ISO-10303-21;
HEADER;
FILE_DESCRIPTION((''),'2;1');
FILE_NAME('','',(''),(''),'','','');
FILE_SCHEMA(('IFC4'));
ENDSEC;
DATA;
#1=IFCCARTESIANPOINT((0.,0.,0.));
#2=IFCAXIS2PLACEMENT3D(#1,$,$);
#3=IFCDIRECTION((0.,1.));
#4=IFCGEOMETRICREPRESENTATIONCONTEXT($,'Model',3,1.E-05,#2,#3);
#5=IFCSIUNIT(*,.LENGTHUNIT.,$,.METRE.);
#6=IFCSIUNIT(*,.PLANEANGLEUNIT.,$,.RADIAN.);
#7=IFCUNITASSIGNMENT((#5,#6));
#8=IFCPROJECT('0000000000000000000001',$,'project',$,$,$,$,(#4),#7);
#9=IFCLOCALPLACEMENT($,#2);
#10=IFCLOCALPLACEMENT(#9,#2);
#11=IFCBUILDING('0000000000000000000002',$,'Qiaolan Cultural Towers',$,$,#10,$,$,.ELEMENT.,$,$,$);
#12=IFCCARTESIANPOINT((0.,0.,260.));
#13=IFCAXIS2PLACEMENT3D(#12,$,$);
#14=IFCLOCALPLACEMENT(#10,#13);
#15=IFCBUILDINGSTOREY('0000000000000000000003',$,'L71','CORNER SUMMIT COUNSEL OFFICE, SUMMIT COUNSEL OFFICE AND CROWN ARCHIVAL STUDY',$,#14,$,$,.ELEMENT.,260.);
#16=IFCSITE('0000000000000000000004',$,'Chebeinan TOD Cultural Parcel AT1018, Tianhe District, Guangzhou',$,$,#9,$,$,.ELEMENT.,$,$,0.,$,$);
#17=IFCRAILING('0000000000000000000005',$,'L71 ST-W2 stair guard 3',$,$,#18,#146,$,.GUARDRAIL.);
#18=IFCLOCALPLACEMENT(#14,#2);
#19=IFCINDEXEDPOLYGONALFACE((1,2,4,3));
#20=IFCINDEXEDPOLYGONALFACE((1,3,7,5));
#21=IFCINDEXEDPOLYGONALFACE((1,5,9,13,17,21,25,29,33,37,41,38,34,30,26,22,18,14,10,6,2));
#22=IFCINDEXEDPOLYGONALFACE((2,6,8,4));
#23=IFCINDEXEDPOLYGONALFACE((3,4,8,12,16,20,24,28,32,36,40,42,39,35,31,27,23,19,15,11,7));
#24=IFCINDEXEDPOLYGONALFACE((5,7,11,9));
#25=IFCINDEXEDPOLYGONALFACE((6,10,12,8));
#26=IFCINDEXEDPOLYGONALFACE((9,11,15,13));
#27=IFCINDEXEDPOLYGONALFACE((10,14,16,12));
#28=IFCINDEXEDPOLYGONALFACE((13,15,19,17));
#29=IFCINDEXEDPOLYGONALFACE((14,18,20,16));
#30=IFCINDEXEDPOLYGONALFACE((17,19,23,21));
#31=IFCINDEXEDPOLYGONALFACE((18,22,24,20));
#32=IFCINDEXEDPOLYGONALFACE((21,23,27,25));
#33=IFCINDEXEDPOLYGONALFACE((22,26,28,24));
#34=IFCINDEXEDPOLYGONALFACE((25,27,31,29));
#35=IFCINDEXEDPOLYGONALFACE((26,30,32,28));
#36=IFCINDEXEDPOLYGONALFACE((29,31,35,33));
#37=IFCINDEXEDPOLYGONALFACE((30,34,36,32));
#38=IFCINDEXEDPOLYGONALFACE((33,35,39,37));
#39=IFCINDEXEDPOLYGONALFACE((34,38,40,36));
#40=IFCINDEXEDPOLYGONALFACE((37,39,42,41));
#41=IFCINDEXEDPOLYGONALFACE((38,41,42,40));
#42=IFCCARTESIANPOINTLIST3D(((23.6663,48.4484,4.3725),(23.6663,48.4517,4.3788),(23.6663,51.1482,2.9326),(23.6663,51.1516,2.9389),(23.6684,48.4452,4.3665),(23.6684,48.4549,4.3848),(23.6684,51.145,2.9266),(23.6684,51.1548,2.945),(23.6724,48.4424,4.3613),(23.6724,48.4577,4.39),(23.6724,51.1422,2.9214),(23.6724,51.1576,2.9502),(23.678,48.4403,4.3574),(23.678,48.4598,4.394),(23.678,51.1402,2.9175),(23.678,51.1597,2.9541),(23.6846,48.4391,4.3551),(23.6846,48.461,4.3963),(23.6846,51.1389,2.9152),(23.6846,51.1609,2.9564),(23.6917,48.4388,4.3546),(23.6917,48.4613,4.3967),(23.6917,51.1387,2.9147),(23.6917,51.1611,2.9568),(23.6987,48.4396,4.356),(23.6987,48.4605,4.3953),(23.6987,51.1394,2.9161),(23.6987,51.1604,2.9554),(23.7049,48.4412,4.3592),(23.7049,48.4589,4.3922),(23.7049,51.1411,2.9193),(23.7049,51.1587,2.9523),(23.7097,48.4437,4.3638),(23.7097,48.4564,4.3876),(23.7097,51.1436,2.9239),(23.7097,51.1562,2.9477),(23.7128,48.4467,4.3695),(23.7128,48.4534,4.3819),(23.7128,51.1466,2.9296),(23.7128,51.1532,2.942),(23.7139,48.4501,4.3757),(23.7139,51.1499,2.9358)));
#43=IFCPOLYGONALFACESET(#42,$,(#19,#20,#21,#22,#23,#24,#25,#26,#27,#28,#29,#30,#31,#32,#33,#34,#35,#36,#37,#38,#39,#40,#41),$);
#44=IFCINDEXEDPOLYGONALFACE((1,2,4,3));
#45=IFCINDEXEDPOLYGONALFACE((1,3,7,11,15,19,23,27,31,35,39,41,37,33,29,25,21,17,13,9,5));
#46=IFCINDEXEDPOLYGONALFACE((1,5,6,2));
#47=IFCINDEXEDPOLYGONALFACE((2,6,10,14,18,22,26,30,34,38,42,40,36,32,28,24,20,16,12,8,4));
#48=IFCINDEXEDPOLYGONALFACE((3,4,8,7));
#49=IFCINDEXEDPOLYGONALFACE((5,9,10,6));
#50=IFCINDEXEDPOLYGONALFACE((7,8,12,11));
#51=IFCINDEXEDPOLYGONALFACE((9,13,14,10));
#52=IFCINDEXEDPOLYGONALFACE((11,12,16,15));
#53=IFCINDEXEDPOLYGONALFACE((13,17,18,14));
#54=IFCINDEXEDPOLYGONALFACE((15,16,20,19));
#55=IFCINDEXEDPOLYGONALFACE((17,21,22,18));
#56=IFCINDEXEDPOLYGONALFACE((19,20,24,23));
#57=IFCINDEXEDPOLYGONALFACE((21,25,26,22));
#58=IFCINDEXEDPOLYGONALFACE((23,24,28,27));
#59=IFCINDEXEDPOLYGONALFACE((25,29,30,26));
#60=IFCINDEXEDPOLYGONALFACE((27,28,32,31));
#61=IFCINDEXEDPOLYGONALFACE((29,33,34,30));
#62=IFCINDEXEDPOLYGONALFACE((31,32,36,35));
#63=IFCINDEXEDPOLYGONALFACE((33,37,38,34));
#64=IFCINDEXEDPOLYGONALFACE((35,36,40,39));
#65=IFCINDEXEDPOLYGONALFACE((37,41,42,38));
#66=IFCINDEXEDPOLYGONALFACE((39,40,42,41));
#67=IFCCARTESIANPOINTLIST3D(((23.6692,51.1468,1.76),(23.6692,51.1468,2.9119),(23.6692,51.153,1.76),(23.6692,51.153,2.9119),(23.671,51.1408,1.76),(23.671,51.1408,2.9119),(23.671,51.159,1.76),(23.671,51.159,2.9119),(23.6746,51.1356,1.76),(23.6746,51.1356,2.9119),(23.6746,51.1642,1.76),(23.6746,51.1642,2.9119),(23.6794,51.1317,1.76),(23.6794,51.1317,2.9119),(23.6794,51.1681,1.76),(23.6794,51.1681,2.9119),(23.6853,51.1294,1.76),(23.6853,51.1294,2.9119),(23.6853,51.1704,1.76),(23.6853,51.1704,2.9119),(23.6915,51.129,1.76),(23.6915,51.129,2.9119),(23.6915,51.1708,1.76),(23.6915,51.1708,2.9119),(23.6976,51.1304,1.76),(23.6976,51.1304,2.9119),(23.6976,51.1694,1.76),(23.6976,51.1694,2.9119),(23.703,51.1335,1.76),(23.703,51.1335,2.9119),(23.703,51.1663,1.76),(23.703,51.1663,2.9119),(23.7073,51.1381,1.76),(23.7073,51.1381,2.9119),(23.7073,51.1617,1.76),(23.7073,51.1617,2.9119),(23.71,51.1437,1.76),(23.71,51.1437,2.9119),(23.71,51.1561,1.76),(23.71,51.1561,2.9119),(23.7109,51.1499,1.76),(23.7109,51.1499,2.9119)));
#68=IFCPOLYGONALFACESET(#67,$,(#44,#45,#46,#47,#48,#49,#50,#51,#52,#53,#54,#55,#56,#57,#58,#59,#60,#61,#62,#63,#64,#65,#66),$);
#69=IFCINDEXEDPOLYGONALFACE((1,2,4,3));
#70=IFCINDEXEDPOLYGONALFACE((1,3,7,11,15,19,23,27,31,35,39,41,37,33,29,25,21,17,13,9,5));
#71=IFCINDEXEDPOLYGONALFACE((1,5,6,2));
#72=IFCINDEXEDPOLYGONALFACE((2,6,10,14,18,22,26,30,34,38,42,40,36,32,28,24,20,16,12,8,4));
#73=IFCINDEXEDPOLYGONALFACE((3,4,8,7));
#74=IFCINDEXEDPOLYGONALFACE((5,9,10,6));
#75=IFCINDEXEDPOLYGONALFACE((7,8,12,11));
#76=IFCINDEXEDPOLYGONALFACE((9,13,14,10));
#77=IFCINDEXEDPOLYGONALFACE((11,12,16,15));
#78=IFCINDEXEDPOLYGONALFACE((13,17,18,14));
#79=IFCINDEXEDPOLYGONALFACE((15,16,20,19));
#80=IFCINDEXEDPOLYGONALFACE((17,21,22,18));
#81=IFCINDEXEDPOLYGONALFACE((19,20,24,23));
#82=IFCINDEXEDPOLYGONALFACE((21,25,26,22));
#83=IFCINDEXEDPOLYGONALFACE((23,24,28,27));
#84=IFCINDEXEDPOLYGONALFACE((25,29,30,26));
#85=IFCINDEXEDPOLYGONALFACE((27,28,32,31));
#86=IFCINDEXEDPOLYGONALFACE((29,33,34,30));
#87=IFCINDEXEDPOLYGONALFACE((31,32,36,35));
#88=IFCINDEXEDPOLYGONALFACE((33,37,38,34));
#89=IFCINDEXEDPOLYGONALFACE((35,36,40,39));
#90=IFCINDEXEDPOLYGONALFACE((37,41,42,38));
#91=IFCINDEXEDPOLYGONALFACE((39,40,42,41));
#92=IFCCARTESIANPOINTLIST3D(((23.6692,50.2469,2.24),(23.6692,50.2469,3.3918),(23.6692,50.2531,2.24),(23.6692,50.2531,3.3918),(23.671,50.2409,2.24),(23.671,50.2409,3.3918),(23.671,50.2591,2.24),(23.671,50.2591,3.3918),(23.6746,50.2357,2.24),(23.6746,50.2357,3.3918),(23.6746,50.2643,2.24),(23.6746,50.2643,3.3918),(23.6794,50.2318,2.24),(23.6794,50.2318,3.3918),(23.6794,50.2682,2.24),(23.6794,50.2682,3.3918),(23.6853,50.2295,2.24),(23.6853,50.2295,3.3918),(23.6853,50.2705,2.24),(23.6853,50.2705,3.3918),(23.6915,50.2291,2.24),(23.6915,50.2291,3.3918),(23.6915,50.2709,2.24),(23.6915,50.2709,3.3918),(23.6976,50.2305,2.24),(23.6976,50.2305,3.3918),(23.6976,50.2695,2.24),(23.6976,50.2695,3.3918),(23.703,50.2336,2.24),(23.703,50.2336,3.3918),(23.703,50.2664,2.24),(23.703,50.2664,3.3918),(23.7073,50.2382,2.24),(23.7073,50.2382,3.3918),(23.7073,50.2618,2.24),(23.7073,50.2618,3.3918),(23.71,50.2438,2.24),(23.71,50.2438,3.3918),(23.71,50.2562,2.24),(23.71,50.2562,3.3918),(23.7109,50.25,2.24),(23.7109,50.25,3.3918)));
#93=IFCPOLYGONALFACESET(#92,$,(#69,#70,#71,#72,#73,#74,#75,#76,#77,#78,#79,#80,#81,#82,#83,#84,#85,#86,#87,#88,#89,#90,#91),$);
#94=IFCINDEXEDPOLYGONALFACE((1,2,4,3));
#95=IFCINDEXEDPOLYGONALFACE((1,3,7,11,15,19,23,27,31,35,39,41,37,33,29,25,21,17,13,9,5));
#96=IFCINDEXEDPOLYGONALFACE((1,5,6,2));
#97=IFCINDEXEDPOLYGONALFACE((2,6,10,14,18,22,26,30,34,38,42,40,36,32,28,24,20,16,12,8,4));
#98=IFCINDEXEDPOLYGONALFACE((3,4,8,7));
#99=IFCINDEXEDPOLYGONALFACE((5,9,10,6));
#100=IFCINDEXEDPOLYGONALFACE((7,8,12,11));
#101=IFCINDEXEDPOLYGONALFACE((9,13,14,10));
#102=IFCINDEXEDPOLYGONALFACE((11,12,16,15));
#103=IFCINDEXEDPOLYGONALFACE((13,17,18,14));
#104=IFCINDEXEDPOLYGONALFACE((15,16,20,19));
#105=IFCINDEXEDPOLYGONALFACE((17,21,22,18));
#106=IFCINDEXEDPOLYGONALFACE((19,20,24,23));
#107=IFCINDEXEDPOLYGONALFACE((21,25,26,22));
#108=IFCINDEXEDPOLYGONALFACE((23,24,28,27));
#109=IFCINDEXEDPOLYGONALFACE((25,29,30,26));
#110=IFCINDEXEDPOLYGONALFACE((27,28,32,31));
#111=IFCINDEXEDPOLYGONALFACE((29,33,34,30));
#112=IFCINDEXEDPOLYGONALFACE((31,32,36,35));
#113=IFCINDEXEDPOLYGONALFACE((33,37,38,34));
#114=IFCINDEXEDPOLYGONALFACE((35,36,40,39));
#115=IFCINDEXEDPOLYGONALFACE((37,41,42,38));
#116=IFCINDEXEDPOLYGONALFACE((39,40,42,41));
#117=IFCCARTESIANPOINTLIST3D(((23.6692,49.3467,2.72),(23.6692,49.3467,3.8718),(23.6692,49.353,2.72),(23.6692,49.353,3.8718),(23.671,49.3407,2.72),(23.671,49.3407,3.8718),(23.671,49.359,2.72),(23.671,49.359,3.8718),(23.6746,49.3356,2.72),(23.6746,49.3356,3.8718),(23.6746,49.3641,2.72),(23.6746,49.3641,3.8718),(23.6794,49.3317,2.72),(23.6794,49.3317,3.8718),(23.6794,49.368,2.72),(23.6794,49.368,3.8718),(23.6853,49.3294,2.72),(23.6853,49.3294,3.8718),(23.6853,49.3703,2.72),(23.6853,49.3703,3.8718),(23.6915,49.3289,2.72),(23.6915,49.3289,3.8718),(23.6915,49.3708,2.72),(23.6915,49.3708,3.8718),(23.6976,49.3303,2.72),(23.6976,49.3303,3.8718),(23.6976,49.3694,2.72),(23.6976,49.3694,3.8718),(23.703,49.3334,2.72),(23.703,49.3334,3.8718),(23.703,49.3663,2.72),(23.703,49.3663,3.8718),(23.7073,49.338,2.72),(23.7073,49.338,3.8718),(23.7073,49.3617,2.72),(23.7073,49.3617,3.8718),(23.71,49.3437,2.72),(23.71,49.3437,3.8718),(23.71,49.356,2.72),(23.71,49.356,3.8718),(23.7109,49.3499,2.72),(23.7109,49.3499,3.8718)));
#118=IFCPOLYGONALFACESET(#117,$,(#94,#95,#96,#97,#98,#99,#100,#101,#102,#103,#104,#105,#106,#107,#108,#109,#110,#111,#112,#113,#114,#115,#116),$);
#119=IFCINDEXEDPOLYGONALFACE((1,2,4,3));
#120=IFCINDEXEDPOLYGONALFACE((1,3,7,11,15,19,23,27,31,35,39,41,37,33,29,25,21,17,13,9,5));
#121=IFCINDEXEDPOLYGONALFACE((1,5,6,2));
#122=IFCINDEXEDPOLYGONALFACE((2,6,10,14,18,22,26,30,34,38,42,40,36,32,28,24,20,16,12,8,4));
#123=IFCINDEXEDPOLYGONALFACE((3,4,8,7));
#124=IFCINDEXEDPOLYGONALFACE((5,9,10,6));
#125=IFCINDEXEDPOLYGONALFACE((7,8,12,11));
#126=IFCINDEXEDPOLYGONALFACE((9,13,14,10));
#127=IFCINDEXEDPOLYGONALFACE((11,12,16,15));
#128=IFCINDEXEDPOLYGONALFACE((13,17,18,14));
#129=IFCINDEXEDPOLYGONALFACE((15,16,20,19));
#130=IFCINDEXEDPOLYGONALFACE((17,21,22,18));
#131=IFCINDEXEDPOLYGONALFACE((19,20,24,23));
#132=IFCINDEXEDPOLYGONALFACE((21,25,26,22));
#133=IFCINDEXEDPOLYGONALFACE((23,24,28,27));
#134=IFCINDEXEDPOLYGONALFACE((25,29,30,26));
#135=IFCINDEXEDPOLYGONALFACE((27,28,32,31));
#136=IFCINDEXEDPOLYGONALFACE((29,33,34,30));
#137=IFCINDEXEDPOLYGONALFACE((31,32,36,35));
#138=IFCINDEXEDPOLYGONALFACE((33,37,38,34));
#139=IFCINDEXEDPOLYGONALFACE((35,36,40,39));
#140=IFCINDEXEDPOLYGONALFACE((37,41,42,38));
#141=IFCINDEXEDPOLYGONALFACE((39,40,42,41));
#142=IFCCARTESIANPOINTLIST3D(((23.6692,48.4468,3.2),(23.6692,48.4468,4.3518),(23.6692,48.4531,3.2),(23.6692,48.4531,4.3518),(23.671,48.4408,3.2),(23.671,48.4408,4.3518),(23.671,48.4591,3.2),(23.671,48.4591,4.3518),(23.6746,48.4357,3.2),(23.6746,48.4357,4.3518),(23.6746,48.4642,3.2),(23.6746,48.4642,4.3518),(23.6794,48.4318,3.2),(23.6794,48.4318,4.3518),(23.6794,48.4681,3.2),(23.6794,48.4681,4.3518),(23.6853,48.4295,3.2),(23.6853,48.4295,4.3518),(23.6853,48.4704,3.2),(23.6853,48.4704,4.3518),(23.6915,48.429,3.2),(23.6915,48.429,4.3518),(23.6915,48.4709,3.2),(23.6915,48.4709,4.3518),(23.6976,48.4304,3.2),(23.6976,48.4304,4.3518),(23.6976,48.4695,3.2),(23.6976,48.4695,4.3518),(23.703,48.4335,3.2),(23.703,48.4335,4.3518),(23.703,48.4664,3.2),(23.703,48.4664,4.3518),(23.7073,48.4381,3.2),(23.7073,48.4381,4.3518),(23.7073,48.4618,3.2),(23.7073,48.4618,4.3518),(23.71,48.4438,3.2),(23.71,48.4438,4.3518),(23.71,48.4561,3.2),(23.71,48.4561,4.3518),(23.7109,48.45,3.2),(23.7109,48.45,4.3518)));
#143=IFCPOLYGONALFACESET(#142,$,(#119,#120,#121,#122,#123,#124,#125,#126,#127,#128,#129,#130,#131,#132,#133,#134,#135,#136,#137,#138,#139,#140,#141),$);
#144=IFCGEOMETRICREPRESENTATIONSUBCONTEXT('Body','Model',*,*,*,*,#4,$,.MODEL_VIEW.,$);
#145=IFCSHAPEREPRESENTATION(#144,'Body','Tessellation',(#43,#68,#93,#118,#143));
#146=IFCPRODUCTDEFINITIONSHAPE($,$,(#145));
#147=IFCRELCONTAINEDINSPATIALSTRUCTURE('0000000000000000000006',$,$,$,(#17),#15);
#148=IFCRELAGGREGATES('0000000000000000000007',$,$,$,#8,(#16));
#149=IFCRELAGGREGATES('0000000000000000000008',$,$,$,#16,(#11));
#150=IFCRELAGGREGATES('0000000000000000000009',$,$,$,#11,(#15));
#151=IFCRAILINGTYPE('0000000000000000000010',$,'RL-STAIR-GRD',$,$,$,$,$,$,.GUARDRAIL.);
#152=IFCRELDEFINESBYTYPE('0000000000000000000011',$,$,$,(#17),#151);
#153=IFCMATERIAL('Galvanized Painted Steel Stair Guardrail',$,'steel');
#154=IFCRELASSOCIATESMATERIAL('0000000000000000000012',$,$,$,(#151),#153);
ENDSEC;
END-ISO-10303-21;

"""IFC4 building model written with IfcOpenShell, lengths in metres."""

from ifc_helpers import new_model, si_unit, direction, frame, origin, origin_2d, place, context, subcontext, project, spatial, circle, extrude, material, type_object, element, save


model = new_model("IFC4")

# Units and contexts
model_context = context("Model", 3, precision=1e-05, world=origin(), true_north=direction((0.0, 1.0)))
body_context = subcontext(model_context, "Body", "Model", "MODEL_VIEW")
ifc_project = project(units=[si_unit("LENGTHUNIT", "METRE"), si_unit("PLANEANGLEUNIT", "RADIAN")], contexts=[model_context])

# Site, building, storey
site_placement = place(None, origin())
site = spatial("IfcSite", under=ifc_project, at=site_placement, Name="Chebeinan TOD Cultural Parcel AT1018, Tianhe District, Guangzhou", CompositionType="ELEMENT", RefElevation=0.0)
building_placement = place(site_placement, origin())
building = spatial("IfcBuilding", under=site, at=building_placement, Name="Qiaolan Cultural Towers", CompositionType="ELEMENT")
storey_placement = place(building_placement, frame((0.0, 0.0, 260.0)))
storey = spatial("IfcBuildingStorey", under=building, at=storey_placement, Name="L71", Description="CORNER SUMMIT COUNSEL OFFICE, SUMMIT COUNSEL OFFICE AND CROWN ARCHIVAL STUDY", CompositionType="ELEMENT", Elevation=260.0)

# Railing
ifc_material_1 = material(Name="Galvanized Painted Steel Stair Guardrail", Category="steel")
railing_type_1 = type_object("IfcRailingType", Name="RL-STAIR-GRD", PredefinedType="GUARDRAIL", material=ifc_material_1)
railing_1_placement = place(storey_placement, frame((23.6899, 51.1499, 1.76)))
element("IfcRailing", 1, at=railing_1_placement, inside=storey, type_object=railing_type_1, Name="L71 ST-W2 stair guard 3", PredefinedType="GUARDRAIL", context=body_context, shape_type="SweptSolid", body=[
    extrude(circle(Radius=0.0239, at=origin_2d()), frame((0.0, 0.0, 1.1758), z_axis=(0.0, -0.882357, 0.47058), x_axis=(1.0, 0.0, 0.0)), (0.0, 0.0, 1.0), 3.0598),
    extrude(circle(Radius=0.021, at=origin_2d()), origin(), (0.0, 0.0, 1.0), 1.1519),
    extrude(circle(Radius=0.021, at=origin_2d()), frame((0.0, -0.8999, 0.48)), (0.0, 0.0, 1.0), 1.1519),
    extrude(circle(Radius=0.021, at=origin_2d()), frame((0.0, -1.8, 0.96)), (0.0, 0.0, 1.0), 1.1519),
    extrude(circle(Radius=0.021, at=origin_2d()), frame((0.0, -2.7, 1.4399)), (0.0, 0.0, 1.0), 1.1519),
])

save(model, "model.ifc")
